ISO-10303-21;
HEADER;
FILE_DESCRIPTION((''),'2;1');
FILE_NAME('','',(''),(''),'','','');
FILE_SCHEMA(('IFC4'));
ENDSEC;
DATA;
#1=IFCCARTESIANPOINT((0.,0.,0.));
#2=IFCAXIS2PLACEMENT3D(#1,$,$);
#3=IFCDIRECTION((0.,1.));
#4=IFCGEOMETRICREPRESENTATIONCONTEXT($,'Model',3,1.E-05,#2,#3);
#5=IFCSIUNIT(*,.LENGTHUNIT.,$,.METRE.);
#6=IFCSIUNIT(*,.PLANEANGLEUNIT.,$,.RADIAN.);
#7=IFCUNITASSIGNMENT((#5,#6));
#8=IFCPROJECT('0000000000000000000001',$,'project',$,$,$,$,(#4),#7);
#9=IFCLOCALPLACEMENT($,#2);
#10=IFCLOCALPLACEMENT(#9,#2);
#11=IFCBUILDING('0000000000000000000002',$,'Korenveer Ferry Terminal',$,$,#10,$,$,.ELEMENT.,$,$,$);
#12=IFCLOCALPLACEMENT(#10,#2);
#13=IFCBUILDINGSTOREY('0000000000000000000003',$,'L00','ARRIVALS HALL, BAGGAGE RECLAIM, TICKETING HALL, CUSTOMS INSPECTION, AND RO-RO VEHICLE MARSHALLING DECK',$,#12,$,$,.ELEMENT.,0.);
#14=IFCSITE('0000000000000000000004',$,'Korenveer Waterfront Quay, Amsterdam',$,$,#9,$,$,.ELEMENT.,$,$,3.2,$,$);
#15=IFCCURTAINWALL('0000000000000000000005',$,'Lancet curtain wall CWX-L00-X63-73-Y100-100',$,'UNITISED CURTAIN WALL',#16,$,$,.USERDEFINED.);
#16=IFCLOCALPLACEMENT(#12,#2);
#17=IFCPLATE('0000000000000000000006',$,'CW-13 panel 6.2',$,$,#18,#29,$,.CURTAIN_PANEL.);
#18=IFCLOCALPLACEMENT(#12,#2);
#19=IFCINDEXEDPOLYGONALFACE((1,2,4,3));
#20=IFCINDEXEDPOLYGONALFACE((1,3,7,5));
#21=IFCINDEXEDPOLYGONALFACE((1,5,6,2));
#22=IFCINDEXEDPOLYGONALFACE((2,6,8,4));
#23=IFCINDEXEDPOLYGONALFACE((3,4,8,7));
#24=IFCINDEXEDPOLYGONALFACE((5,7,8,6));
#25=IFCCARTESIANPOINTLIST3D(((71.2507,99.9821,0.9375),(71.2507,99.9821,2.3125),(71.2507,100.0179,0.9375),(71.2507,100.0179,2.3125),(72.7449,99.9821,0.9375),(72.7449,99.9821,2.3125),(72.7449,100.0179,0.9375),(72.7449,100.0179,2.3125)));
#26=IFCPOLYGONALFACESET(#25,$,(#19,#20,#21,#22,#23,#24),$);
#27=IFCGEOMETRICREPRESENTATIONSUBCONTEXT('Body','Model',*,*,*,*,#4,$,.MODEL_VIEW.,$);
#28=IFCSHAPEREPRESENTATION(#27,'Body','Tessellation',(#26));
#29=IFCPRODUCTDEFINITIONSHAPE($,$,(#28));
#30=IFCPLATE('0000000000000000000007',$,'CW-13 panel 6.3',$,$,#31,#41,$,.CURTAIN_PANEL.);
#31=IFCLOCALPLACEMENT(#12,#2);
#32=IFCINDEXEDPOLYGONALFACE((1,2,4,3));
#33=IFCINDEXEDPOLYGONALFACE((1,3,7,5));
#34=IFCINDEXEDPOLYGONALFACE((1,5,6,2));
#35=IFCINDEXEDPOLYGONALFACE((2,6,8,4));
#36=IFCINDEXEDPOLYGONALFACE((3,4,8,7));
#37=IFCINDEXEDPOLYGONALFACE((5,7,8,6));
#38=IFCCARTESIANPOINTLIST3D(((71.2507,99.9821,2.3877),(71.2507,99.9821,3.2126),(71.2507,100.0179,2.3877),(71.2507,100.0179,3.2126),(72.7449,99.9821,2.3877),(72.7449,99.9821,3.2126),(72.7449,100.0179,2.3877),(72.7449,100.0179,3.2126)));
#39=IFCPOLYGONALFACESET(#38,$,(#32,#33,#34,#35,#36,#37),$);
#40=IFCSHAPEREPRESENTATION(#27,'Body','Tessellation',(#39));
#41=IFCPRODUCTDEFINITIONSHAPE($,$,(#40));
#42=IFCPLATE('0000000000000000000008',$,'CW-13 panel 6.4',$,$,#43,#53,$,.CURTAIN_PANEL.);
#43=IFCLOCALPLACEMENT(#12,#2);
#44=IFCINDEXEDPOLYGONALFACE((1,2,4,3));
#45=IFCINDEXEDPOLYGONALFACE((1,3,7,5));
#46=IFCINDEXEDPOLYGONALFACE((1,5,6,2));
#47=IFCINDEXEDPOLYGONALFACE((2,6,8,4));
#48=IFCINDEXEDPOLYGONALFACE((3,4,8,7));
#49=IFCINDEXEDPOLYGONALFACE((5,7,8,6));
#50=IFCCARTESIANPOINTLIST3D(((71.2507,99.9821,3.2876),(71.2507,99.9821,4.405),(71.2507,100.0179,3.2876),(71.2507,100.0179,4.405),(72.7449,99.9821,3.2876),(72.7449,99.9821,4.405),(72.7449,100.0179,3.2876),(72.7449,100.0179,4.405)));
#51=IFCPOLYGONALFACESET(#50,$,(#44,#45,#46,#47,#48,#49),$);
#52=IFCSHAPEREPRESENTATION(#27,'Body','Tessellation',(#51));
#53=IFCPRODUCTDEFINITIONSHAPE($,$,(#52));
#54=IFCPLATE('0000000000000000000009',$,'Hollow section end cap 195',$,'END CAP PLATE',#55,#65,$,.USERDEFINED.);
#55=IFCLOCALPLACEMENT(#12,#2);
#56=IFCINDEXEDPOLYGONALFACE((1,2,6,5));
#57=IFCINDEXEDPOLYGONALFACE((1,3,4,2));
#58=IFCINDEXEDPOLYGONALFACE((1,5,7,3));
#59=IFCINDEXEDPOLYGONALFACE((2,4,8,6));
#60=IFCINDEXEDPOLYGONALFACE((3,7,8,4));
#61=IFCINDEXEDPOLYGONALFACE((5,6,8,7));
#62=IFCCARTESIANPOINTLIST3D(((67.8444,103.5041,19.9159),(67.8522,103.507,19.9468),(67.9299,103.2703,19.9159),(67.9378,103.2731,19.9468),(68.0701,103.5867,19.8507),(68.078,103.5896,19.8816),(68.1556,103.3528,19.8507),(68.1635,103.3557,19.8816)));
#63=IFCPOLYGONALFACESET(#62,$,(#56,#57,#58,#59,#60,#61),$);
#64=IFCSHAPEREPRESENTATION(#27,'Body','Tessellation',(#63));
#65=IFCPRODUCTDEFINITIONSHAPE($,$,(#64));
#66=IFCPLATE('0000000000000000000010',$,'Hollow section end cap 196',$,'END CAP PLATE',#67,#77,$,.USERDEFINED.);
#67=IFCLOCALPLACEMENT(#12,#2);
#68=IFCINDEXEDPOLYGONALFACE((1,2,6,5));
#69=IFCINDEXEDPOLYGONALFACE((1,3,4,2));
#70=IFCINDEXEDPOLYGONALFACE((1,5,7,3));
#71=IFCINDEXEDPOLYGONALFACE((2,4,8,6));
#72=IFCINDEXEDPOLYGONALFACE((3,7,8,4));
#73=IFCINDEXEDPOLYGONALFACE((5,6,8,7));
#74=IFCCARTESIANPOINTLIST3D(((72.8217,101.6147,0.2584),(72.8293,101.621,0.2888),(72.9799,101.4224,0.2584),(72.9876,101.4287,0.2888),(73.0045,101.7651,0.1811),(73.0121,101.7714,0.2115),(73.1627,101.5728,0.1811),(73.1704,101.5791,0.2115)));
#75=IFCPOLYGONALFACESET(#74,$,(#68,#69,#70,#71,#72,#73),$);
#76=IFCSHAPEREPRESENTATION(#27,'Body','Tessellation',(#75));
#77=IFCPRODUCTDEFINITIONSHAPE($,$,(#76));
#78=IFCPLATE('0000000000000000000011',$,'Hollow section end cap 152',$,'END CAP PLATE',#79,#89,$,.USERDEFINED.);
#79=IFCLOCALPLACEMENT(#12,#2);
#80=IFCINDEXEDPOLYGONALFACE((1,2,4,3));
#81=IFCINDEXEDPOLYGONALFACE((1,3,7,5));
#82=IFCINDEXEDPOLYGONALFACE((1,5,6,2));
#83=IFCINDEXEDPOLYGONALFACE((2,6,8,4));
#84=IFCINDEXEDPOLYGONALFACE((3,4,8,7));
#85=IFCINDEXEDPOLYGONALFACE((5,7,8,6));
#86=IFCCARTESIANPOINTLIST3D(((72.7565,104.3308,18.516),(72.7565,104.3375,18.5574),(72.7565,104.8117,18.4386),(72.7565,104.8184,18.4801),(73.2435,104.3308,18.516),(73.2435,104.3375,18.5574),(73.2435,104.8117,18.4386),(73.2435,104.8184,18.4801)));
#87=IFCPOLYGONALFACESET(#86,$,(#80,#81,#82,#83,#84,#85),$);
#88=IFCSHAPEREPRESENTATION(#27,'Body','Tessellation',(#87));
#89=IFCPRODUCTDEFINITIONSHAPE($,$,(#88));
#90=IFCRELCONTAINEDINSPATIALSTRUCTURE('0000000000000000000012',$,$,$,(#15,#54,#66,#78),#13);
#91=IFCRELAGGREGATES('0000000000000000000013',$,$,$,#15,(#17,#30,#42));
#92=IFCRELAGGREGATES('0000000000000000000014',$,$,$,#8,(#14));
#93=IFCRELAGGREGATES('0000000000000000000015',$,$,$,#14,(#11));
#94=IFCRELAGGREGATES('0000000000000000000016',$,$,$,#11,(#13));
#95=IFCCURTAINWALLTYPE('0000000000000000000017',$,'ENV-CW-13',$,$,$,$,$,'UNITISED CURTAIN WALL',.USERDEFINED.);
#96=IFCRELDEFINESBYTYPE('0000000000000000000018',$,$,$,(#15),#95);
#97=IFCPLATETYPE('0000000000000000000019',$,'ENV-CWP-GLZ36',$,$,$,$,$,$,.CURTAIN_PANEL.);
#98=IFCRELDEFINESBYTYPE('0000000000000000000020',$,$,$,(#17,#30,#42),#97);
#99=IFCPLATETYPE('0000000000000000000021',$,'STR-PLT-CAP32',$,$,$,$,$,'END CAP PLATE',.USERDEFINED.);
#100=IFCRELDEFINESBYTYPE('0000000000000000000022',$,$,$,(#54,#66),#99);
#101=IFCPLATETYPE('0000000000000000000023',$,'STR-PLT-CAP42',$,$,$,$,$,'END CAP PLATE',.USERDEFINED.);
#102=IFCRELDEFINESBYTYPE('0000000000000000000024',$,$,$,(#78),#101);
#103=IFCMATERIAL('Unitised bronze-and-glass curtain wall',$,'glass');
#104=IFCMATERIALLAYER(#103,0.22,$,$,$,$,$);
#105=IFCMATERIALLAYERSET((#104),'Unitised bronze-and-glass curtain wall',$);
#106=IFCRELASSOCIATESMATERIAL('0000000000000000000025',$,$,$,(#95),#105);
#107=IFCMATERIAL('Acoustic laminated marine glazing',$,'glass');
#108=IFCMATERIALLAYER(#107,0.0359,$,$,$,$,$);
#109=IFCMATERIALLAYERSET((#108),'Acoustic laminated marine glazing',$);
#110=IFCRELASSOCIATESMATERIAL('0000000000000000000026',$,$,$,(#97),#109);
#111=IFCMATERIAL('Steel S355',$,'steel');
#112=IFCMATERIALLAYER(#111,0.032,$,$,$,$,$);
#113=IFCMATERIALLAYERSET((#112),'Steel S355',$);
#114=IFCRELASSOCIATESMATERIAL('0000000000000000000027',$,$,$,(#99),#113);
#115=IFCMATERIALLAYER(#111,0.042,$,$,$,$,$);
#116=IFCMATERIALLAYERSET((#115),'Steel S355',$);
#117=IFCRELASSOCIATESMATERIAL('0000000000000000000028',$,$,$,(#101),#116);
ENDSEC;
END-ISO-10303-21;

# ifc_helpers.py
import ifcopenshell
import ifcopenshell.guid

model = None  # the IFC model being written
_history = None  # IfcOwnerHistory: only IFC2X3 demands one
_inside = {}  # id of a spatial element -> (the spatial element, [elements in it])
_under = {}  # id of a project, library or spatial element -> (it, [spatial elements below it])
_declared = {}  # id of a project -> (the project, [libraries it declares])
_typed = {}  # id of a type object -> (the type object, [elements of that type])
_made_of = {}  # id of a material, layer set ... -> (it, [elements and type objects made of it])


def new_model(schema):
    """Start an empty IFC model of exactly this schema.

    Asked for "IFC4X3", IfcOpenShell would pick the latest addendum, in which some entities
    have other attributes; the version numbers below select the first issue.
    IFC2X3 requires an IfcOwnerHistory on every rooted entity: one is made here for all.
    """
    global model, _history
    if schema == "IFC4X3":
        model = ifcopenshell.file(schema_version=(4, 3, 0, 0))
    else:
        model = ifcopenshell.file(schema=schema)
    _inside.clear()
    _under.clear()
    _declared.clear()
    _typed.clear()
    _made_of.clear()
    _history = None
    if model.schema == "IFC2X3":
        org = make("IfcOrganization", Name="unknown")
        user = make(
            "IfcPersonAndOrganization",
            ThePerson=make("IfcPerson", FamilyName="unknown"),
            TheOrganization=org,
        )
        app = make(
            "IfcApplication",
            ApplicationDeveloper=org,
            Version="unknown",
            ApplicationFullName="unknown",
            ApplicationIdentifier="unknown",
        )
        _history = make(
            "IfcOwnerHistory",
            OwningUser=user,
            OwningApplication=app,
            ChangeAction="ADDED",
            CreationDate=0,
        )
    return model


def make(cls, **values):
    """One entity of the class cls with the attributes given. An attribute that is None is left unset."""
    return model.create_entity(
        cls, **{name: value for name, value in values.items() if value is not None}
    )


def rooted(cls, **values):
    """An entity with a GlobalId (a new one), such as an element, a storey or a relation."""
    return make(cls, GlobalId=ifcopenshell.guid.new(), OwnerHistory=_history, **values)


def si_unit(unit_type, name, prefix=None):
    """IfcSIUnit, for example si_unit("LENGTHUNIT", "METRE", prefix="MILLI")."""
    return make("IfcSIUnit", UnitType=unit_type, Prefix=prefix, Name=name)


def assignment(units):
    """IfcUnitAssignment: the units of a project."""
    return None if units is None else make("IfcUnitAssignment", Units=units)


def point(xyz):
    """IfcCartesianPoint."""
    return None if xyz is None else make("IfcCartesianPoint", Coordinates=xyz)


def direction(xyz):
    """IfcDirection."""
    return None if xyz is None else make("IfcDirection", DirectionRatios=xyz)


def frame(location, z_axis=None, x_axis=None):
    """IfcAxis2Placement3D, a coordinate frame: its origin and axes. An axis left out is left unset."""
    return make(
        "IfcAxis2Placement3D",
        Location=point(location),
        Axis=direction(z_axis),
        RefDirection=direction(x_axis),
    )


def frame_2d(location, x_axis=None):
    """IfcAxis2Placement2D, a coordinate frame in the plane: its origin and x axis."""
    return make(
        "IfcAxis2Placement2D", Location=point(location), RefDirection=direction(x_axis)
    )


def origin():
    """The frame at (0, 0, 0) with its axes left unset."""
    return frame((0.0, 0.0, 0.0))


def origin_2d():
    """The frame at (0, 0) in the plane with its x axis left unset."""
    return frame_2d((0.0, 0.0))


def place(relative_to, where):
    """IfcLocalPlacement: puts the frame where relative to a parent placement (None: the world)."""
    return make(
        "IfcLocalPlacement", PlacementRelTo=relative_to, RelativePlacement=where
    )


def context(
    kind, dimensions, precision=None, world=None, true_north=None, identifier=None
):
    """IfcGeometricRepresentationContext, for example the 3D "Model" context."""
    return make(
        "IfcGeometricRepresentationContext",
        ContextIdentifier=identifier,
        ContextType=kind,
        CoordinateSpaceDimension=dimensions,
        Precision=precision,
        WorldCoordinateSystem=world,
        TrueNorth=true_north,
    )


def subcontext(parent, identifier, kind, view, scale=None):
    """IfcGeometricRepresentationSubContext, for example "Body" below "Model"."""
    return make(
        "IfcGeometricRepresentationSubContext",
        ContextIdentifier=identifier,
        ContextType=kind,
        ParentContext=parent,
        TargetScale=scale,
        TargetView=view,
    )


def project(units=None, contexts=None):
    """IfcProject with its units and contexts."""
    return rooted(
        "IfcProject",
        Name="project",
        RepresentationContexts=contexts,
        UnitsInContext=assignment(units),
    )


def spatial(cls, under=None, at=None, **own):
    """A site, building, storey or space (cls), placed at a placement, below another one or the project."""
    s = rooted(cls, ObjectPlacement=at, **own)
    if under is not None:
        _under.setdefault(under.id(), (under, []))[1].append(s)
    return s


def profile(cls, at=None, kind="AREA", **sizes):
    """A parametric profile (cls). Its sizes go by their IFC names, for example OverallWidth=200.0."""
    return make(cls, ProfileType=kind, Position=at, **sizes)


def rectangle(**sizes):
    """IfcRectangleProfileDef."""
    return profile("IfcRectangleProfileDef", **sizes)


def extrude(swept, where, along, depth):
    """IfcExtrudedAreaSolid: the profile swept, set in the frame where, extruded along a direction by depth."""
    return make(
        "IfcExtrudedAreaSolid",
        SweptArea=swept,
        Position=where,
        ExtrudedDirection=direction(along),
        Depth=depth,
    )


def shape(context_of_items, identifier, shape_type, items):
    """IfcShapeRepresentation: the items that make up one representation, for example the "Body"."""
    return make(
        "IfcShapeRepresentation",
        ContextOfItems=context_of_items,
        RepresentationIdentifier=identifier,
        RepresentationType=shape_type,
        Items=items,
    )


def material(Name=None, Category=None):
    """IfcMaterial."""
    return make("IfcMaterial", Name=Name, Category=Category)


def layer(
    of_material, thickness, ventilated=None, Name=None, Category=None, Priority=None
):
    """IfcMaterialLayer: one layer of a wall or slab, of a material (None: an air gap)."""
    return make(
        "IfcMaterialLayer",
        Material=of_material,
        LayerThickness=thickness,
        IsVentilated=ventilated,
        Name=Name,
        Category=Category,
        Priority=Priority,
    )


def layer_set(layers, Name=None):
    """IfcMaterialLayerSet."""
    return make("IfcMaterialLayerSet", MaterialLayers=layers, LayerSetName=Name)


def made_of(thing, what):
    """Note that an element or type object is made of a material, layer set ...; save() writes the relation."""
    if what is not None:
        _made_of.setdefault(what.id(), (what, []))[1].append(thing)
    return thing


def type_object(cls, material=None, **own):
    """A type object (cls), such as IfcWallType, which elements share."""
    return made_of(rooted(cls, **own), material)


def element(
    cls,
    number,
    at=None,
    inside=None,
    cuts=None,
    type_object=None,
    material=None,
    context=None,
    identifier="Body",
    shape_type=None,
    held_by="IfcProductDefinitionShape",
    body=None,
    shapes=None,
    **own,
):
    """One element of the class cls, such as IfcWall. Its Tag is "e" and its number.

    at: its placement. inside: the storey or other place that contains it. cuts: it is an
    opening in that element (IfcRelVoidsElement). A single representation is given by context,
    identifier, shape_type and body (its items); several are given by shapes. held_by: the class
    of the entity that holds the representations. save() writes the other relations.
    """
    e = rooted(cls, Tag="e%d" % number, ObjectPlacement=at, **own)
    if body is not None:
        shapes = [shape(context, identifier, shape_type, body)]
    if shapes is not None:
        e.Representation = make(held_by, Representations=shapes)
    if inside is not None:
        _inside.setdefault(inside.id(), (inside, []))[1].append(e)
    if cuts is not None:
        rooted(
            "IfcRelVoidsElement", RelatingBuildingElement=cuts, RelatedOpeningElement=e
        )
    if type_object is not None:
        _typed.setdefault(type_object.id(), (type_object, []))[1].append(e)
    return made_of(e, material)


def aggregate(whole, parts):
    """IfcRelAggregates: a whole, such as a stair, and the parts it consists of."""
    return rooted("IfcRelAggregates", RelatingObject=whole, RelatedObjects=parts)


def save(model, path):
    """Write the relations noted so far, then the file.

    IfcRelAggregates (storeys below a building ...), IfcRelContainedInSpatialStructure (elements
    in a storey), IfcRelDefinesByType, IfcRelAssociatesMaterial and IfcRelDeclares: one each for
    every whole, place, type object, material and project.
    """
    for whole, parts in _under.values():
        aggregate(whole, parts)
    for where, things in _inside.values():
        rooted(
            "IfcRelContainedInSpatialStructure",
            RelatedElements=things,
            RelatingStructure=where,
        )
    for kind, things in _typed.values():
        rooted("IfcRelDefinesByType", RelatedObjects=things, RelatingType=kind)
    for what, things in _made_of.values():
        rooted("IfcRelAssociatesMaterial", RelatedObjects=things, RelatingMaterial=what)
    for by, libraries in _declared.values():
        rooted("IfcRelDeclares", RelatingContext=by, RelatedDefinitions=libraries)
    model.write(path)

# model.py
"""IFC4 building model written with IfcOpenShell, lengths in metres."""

from ifc_helpers import new_model, si_unit, direction, frame, origin, origin_2d, place, context, subcontext, project, spatial, rectangle, extrude, material, layer, layer_set, type_object, element, aggregate, save


model = new_model("IFC4")

# Units and contexts
model_context = context("Model", 3, precision=1e-05, world=origin(), true_north=direction((0.0, 1.0)))
body_context = subcontext(model_context, "Body", "Model", "MODEL_VIEW")
ifc_project = project(units=[si_unit("LENGTHUNIT", "METRE"), si_unit("PLANEANGLEUNIT", "RADIAN")], contexts=[model_context])

# Site, building, storey
site_placement = place(None, origin())
site = spatial("IfcSite", under=ifc_project, at=site_placement, Name="Korenveer Waterfront Quay, Amsterdam", CompositionType="ELEMENT", RefElevation=3.2)
building_placement = place(site_placement, origin())
building = spatial("IfcBuilding", under=site, at=building_placement, Name="Korenveer Ferry Terminal", CompositionType="ELEMENT")
storey_placement = place(building_placement, origin())
storey = spatial("IfcBuildingStorey", under=building, at=storey_placement, Name="L00", Description="ARRIVALS HALL, BAGGAGE RECLAIM, TICKETING HALL, CUSTOMS INSPECTION, AND RO-RO VEHICLE MARSHALLING DECK", CompositionType="ELEMENT", Elevation=0.0)

# Curtain wall
ifc_material_1 = material(Name="Unitised bronze-and-glass curtain wall", Category="glass")
ifc_layer_1 = layer(ifc_material_1, 0.22)
ifc_layer_set_1 = layer_set([ifc_layer_1], Name="Unitised bronze-and-glass curtain wall")
curtain_wall_type = type_object("IfcCurtainWallType", Name="ENV-CW-13", ElementType="UNITISED CURTAIN WALL", PredefinedType="USERDEFINED", material=ifc_layer_set_1)
curtain_wall_placement = place(storey_placement, frame((63.1799, 100.0, 0.0)))
curtain_wall = element("IfcCurtainWall", 1, at=curtain_wall_placement, inside=storey, type_object=curtain_wall_type, Name="Lancet curtain wall CWX-L00-X63-73-Y100-100", ObjectType="UNITISED CURTAIN WALL", PredefinedType="USERDEFINED")

# Shared definitions
ifc_material_2 = material(Name="Steel S355", Category="steel")

# Plates
ifc_material_3 = material(Name="Acoustic laminated marine glazing", Category="glass")
ifc_layer_2 = layer(ifc_material_3, 0.0359)
ifc_layer_set_2 = layer_set([ifc_layer_2], Name="Acoustic laminated marine glazing")
plate_type_1 = type_object("IfcPlateType", Name="ENV-CWP-GLZ36", PredefinedType="CURTAIN_PANEL", material=ifc_layer_set_2)
plate_1_placement = place(storey_placement, frame((71.9978, 100.0, 0.9375), z_axis=(0.0, 0.0, 1.0), x_axis=(1.0, 0.0, 0.0)))
plate_1 = element("IfcPlate", 2, at=plate_1_placement, type_object=plate_type_1, Name="CW-13 panel 6.2", PredefinedType="CURTAIN_PANEL", context=body_context, shape_type="SweptSolid", body=[
    extrude(rectangle(XDim=1.4941, YDim=0.0359, at=origin_2d()), origin(), (0.0, 0.0, 1.0), 1.375),
])
plate_2_placement = place(storey_placement, frame((71.9978, 100.0, 2.3877), z_axis=(0.0, 0.0, 1.0), x_axis=(1.0, 0.0, 0.0)))
plate_2 = element("IfcPlate", 3, at=plate_2_placement, type_object=plate_type_1, Name="CW-13 panel 6.3", PredefinedType="CURTAIN_PANEL", context=body_context, shape_type="SweptSolid", body=[
    extrude(rectangle(XDim=1.4941, YDim=0.0359, at=origin_2d()), origin(), (0.0, 0.0, 1.0), 0.825),
])
plate_3_placement = place(storey_placement, frame((71.9978, 100.0, 3.2876), z_axis=(0.0, 0.0, 1.0), x_axis=(1.0, 0.0, 0.0)))
plate_3 = element("IfcPlate", 4, at=plate_3_placement, type_object=plate_type_1, Name="CW-13 panel 6.4", PredefinedType="CURTAIN_PANEL", context=body_context, shape_type="SweptSolid", body=[
    extrude(rectangle(XDim=1.4941, YDim=0.0359, at=origin_2d()), origin(), (0.0, 0.0, 1.0), 1.1174),
])
aggregate(curtain_wall, [plate_1, plate_2, plate_3])

# Plates
ifc_layer_3 = layer(ifc_material_2, 0.032)
ifc_layer_set_3 = layer_set([ifc_layer_3], Name="Steel S355")
plate_type_2 = type_object("IfcPlateType", Name="STR-PLT-CAP32", ElementType="END CAP PLATE", PredefinedType="USERDEFINED", material=ifc_layer_set_3)
for number, where, z_axis, x_axis, name in (
    (5, (68.0, 103.4285, 19.8833), (0.245793, 0.08989, 0.965145), (-0.343466, 0.939165, 0.0), "Hollow section end cap 195"),
    (6, (72.9922, 101.5938, 0.2197), (0.239571, 0.197132, 0.950655), (-0.635398, 0.772185, 0.0), "Hollow section end cap 196"),
):
    element("IfcPlate", number, at=place(storey_placement, frame(where, z_axis=z_axis, x_axis=x_axis)), inside=storey, type_object=plate_type_2, Name=name, ObjectType="END CAP PLATE", PredefinedType="USERDEFINED", context=body_context, shape_type="SweptSolid", body=[
        extrude(rectangle(XDim=0.249, YDim=0.249, at=origin_2d()), origin(), (0.0, 0.0, 1.0), 0.032),
    ])
ifc_layer_4 = layer(ifc_material_2, 0.042)
ifc_layer_set_4 = layer_set([ifc_layer_4], Name="Steel S355")
plate_type_3 = type_object("IfcPlateType", Name="STR-PLT-CAP42", ElementType="END CAP PLATE", PredefinedType="USERDEFINED", material=ifc_layer_set_4)
plate_4_placement = place(storey_placement, frame((73.0, 104.5713, 18.4773), z_axis=(0.0, 0.158775, 0.987315), x_axis=(-1.0, 0.0, 0.0)))
element("IfcPlate", 7, at=plate_4_placement, inside=storey, type_object=plate_type_3, Name="Hollow section end cap 152", ObjectType="END CAP PLATE", PredefinedType="USERDEFINED", context=body_context, shape_type="SweptSolid", body=[
    extrude(rectangle(XDim=0.4871, YDim=0.4871, at=origin_2d()), origin(), (0.0, 0.0, 1.0), 0.042),
])

save(model, "model.ifc")
